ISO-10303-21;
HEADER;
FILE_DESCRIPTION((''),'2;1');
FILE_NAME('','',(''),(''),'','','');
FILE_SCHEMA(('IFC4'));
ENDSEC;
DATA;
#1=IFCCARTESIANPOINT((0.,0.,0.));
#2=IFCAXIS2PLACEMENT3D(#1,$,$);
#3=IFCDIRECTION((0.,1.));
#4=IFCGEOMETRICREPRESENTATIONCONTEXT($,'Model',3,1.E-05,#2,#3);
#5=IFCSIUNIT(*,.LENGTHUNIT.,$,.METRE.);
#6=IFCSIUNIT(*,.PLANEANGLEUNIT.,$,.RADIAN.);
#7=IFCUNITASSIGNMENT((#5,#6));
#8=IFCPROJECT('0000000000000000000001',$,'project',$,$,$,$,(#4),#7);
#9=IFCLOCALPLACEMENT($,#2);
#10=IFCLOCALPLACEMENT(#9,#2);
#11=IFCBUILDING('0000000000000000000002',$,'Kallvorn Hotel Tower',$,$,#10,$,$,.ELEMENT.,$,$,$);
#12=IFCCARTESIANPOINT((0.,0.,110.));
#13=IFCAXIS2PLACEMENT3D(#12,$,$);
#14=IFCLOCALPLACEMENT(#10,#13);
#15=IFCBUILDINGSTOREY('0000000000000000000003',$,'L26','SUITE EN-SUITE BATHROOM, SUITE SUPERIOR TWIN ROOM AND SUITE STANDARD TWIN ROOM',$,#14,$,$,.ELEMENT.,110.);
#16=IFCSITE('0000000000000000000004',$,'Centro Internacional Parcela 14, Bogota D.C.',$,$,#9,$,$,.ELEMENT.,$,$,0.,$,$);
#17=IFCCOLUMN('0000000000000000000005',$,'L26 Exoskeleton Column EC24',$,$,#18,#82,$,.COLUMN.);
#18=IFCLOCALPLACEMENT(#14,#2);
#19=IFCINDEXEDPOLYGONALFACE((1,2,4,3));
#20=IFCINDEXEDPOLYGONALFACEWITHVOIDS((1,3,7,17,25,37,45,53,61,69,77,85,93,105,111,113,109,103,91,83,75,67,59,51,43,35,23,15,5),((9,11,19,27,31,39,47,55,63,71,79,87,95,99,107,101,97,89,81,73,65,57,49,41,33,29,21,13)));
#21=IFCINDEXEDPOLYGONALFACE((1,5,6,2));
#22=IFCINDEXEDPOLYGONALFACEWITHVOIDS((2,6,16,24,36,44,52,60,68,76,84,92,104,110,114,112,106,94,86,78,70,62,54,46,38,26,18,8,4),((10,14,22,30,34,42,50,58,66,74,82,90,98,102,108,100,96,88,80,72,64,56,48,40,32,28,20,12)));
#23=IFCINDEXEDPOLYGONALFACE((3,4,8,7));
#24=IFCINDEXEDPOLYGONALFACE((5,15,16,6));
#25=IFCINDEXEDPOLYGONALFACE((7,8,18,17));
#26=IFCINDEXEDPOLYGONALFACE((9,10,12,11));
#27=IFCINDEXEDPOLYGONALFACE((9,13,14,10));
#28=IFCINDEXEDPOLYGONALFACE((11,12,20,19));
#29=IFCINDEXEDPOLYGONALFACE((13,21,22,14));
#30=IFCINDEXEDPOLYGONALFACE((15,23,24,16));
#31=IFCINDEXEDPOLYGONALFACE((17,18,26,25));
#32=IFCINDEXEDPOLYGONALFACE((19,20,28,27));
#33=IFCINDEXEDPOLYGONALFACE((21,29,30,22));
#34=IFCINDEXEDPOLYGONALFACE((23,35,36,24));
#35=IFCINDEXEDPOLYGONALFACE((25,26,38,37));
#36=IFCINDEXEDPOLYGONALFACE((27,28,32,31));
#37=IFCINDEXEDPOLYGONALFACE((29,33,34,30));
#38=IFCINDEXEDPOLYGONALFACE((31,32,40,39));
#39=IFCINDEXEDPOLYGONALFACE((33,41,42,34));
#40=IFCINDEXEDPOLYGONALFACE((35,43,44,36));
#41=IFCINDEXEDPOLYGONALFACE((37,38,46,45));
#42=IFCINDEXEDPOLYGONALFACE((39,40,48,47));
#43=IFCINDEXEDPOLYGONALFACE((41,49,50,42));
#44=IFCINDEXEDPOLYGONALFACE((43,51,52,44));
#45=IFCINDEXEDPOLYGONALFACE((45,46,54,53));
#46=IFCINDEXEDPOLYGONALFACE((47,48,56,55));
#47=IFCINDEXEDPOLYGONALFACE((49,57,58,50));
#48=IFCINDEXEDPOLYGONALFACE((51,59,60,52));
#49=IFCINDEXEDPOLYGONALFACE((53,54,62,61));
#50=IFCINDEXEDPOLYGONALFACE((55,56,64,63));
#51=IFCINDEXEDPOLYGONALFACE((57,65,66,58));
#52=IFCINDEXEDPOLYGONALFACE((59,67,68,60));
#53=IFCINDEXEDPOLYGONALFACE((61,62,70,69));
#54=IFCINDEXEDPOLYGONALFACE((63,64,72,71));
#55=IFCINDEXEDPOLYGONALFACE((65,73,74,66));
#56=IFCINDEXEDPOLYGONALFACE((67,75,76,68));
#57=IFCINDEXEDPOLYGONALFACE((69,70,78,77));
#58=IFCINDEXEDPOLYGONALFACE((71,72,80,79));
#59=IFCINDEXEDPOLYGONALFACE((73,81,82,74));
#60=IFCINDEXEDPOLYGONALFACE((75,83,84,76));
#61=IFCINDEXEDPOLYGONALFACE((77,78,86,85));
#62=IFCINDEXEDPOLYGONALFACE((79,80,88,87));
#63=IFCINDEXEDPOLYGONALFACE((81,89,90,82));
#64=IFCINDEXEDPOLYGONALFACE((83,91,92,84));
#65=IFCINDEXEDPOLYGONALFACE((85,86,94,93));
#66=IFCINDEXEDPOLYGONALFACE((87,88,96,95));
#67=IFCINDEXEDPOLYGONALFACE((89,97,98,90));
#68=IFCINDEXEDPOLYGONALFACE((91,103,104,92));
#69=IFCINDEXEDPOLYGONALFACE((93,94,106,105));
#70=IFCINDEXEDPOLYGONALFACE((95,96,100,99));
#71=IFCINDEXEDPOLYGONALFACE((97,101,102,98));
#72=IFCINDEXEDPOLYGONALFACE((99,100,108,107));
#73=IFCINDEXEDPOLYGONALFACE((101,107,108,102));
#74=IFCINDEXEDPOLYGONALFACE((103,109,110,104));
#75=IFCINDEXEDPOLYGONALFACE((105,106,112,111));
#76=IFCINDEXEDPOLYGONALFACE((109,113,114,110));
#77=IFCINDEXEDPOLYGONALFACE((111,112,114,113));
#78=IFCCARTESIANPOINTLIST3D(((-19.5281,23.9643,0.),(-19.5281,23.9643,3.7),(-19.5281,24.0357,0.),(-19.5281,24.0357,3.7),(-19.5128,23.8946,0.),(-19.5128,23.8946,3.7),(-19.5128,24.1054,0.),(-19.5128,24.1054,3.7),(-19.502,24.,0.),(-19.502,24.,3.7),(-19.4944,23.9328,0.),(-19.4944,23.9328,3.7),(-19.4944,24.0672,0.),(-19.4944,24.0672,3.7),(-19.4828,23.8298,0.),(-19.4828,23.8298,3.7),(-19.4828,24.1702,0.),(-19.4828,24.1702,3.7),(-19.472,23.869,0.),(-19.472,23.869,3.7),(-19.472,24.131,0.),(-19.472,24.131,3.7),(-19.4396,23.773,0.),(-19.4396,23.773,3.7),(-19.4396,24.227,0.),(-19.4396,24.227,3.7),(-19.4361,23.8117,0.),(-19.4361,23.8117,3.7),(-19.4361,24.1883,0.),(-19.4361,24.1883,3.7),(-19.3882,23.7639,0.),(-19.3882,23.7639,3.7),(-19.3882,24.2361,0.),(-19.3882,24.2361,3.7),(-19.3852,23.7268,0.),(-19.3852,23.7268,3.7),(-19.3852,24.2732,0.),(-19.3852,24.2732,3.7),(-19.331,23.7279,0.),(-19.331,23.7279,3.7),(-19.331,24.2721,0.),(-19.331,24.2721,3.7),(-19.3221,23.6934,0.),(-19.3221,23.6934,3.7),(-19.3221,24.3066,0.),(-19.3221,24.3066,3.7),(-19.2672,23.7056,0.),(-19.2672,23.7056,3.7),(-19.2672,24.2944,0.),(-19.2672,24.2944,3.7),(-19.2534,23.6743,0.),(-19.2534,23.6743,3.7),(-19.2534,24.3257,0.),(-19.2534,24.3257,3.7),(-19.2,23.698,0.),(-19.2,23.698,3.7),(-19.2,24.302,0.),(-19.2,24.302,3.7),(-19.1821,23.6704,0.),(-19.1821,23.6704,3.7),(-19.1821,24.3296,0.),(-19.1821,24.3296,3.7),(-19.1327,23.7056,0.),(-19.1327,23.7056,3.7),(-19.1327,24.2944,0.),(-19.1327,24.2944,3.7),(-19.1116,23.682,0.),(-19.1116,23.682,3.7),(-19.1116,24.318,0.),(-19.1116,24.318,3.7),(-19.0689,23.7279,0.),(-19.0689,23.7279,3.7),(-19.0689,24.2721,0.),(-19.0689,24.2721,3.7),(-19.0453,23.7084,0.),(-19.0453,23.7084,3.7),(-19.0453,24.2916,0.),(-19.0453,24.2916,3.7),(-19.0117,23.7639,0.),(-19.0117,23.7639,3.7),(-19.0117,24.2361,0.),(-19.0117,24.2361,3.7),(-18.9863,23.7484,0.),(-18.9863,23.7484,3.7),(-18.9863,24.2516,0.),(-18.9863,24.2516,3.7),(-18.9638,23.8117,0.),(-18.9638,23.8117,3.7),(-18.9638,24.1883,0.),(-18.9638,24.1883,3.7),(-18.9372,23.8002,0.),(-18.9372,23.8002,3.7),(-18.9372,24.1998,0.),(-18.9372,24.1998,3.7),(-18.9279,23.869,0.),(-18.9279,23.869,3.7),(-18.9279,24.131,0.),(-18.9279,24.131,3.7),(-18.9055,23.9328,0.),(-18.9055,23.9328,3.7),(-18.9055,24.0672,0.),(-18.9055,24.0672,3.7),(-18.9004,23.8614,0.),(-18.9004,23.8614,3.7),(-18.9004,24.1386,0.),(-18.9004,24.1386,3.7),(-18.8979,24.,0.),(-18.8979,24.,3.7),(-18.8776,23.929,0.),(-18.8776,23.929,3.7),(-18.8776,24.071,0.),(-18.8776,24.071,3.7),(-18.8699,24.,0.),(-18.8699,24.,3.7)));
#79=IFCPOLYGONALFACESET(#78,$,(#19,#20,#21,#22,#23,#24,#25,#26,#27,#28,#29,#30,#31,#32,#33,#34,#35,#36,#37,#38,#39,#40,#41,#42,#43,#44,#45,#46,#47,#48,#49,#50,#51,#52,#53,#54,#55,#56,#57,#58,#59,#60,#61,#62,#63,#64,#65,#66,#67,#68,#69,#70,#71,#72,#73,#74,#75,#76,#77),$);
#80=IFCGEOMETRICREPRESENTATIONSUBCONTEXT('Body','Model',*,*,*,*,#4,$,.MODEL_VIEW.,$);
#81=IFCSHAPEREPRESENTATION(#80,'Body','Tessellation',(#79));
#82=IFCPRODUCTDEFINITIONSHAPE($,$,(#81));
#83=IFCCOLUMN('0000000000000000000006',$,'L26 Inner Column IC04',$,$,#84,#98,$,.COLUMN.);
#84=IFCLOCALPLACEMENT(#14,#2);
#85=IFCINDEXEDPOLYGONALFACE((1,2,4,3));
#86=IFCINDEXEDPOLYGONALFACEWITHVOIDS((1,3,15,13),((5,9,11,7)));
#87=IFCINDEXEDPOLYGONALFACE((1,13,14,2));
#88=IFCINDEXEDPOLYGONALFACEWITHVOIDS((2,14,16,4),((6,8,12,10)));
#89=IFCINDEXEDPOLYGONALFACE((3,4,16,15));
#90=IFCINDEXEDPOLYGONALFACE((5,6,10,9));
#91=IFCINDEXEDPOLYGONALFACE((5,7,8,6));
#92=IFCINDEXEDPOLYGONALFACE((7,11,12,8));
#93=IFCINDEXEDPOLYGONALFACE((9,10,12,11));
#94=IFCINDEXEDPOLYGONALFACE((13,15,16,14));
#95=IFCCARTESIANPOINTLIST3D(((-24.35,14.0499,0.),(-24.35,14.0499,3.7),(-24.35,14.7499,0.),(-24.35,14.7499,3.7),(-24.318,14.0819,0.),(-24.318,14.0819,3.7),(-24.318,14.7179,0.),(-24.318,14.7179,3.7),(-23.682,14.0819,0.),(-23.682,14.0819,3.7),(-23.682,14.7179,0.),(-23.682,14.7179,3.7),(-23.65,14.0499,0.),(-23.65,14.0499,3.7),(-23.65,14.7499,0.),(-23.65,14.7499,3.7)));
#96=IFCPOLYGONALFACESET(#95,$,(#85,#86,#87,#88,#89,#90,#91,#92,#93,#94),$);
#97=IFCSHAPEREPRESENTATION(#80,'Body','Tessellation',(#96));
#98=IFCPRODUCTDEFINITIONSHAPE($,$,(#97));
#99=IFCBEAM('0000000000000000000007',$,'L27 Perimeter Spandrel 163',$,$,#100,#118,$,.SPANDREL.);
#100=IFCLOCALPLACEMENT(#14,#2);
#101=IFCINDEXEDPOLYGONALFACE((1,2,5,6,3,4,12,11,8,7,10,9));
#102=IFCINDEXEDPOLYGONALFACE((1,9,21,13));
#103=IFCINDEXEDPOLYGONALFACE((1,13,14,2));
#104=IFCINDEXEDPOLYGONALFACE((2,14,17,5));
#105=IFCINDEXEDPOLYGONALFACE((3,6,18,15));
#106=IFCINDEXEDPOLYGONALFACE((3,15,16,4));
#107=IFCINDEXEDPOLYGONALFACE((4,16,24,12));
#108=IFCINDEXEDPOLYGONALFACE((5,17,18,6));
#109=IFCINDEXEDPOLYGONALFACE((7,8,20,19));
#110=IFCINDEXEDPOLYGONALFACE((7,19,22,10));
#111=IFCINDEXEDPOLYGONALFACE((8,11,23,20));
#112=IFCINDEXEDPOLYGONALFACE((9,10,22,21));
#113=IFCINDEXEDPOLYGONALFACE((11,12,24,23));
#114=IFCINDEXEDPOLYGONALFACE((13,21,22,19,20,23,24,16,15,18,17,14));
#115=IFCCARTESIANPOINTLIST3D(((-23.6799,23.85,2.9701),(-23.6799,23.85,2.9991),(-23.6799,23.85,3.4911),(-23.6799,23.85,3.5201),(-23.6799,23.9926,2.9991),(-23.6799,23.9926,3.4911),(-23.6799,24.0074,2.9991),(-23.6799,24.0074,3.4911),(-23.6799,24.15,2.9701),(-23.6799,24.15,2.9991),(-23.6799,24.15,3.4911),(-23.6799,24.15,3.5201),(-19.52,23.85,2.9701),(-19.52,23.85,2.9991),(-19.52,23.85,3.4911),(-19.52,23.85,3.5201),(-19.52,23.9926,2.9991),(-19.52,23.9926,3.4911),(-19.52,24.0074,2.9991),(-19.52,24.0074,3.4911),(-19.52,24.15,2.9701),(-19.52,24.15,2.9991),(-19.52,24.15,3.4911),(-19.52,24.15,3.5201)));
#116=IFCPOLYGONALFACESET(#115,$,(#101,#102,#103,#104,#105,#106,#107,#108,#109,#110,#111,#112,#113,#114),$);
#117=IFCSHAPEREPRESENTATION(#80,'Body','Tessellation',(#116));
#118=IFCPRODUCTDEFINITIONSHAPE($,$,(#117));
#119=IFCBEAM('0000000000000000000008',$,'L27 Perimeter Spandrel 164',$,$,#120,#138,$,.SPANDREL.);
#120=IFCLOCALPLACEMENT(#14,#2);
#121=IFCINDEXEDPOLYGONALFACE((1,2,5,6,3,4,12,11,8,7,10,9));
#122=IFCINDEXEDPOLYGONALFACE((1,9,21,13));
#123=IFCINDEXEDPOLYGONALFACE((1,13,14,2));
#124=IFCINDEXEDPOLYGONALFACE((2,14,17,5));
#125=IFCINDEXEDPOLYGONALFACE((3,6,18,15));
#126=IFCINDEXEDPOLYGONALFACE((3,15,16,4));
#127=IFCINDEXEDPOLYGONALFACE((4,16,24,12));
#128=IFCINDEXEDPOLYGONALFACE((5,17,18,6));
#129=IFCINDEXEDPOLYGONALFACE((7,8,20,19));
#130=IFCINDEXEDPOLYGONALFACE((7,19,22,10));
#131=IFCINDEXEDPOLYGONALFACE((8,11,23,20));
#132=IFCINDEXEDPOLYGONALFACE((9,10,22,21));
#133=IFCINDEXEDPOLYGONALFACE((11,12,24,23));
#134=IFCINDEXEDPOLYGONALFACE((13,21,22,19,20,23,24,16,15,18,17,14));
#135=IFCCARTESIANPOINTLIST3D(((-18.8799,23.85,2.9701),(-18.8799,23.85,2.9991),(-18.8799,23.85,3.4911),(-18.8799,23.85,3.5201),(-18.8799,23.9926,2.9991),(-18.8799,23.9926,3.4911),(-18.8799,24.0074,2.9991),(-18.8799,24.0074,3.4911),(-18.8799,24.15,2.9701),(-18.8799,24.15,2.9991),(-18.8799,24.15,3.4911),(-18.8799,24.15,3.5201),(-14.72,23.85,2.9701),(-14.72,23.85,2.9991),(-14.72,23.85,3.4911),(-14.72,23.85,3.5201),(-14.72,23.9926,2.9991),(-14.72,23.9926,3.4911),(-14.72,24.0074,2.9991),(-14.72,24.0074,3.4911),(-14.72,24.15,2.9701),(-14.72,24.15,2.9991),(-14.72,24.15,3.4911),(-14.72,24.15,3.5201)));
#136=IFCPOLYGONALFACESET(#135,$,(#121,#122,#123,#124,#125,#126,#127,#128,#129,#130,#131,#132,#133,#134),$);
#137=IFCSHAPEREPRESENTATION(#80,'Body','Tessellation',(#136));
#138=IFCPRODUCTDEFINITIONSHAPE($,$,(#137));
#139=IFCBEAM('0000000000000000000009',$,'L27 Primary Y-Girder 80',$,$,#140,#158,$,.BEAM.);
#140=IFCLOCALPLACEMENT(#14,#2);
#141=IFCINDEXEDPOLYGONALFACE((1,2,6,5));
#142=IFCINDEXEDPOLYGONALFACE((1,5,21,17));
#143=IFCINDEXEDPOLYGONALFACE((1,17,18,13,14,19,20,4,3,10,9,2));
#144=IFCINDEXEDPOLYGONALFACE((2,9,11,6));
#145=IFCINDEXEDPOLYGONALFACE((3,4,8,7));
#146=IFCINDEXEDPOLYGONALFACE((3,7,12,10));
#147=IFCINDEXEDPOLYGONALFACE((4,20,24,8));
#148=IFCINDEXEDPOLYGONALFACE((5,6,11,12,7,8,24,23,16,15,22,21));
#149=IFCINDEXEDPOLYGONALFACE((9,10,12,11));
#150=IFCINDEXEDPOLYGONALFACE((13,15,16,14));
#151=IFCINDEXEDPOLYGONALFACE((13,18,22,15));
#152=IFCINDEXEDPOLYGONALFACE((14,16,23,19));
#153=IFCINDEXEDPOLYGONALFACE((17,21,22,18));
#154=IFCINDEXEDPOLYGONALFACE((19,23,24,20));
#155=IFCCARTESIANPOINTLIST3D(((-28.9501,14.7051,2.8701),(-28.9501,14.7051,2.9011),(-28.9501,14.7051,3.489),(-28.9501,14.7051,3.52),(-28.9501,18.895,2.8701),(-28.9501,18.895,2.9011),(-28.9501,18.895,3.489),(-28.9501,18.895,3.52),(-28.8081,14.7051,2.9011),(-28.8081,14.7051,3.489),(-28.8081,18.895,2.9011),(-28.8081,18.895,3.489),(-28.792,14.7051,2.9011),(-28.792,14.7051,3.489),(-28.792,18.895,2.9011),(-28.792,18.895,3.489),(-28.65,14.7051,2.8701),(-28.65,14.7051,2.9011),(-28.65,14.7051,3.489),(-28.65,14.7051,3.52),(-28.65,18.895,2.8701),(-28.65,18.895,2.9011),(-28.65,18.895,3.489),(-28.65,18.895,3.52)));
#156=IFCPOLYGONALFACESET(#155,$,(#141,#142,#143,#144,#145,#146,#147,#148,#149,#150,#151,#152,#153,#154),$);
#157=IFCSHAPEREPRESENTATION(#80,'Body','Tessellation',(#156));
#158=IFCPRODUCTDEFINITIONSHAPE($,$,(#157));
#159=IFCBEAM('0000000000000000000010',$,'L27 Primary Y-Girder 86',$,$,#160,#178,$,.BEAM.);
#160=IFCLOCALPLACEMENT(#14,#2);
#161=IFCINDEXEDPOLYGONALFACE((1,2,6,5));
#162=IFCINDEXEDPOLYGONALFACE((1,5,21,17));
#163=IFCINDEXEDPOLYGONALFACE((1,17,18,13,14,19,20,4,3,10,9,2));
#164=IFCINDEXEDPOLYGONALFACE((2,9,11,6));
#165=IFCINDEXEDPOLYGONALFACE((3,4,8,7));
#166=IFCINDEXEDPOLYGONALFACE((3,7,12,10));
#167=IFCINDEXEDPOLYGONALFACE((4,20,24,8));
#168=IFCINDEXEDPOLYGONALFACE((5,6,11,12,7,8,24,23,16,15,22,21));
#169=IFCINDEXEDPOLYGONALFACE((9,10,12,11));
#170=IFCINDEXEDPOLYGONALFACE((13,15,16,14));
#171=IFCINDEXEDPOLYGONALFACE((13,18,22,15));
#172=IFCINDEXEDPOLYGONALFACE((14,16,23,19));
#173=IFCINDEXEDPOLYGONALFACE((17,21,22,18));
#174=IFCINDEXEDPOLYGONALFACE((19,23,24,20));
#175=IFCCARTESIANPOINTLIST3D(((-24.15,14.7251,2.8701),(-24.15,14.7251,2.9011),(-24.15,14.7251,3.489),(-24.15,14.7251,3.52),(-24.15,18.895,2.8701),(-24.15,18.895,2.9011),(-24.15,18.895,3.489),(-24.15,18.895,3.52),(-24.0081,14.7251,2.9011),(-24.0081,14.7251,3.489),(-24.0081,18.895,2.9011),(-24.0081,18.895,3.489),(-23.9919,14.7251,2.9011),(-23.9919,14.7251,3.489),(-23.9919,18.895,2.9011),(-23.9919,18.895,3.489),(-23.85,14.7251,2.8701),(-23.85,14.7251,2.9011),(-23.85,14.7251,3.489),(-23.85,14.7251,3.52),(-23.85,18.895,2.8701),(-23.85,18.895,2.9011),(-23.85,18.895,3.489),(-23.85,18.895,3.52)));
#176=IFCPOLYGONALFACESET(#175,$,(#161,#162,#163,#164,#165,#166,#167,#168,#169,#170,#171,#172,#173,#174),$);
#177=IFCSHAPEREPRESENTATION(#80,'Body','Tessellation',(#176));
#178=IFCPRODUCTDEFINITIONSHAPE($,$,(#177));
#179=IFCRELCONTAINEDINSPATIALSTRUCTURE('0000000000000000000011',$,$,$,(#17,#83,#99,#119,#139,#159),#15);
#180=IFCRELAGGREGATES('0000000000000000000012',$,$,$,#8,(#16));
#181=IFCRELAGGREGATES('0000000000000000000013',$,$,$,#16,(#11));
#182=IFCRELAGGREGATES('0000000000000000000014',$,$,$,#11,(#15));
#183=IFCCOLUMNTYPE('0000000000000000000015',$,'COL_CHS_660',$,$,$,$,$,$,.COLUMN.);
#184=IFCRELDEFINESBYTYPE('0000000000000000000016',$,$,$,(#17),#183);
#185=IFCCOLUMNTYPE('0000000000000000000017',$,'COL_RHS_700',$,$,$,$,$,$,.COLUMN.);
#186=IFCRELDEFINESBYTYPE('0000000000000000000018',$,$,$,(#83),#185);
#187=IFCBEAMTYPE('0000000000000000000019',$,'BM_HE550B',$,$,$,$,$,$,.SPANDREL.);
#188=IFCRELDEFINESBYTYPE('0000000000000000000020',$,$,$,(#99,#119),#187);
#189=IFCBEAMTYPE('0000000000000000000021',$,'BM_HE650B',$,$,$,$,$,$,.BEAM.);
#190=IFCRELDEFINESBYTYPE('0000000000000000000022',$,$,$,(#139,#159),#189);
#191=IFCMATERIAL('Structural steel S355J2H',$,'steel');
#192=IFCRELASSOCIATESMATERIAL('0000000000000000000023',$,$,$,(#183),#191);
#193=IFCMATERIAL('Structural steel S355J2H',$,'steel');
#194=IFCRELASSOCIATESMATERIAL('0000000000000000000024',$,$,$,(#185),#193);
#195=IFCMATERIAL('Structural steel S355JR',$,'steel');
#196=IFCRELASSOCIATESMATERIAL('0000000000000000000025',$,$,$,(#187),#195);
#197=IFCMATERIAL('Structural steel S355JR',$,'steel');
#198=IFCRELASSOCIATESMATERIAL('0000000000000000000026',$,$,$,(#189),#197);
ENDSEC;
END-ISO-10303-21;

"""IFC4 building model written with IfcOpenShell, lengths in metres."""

from ifc_helpers import new_model, si_unit, direction, frame, origin, origin_2d, place, context, subcontext, project, spatial, hollow_rectangle, hollow_circle, i_section, extrude, material, material_profile, profile_set, type_object, element, save


model = new_model("IFC4")

# Units and contexts
model_context = context("Model", 3, precision=1e-05, world=origin(), true_north=direction((0.0, 1.0)))
body_context = subcontext(model_context, "Body", "Model", "MODEL_VIEW")
ifc_project = project(units=[si_unit("LENGTHUNIT", "METRE"), si_unit("PLANEANGLEUNIT", "RADIAN")], contexts=[model_context])

# Site, building, storey
site_placement = place(None, origin())
site = spatial("IfcSite", under=ifc_project, at=site_placement, Name="Centro Internacional Parcela 14, Bogota D.C.", CompositionType="ELEMENT", RefElevation=0.0)
building_placement = place(site_placement, origin())
building = spatial("IfcBuilding", under=site, at=building_placement, Name="Kallvorn Hotel Tower", CompositionType="ELEMENT")
storey_placement = place(building_placement, frame((0.0, 0.0, 110.0)))
storey = spatial("IfcBuildingStorey", under=building, at=storey_placement, Name="L26", Description="SUITE EN-SUITE BATHROOM, SUITE SUPERIOR TWIN ROOM AND SUITE STANDARD TWIN ROOM", CompositionType="ELEMENT", Elevation=110.0)

# Columns
ifc_material_1 = material(Name="Structural steel S355J2H", Category="steel")
ifc_material_profile_1 = material_profile(ifc_material_1, hollow_circle(Radius=0.3301, WallThickness=0.0281, at=origin_2d()), Name="CHS 660x28")
ifc_profile_set_1 = profile_set([ifc_material_profile_1], Name="Structural steel S355J2H")
column_type_1 = type_object("IfcColumnType", Name="COL_CHS_660", PredefinedType="COLUMN", material=ifc_profile_set_1)
for number, where, z_axis, x_axis, name in (
    (1, (-19.2, 24.0, 0.0), (0.0, 0.0, 1.0), (1.0, 0.0, 0.0), "L26 Exoskeleton Column EC24"),
):
    element("IfcColumn", number, at=place(storey_placement, frame(where, z_axis=z_axis, x_axis=x_axis)), inside=storey, type_object=column_type_1, Name=name, PredefinedType="COLUMN", context=body_context, shape_type="SweptSolid", body=[
        extrude(hollow_circle(Radius=0.3301, WallThickness=0.0281, at=origin_2d()), origin(), (0.0, 0.0, 1.0), 3.7),
    ])
ifc_material_2 = material(Name="Structural steel S355J2H", Category="steel")
ifc_material_profile_2 = material_profile(ifc_material_2, hollow_rectangle(XDim=0.7, YDim=0.7, WallThickness=0.032, at=origin_2d()), Name="RHS 700x700x32")
ifc_profile_set_2 = profile_set([ifc_material_profile_2], Name="Structural steel S355J2H")
column_type_2 = type_object("IfcColumnType", Name="COL_RHS_700", PredefinedType="COLUMN", material=ifc_profile_set_2)
column_placement = place(storey_placement, frame((-24.0, 14.3999, 0.0), z_axis=(0.0, 0.0, 1.0), x_axis=(1.0, 0.0, 0.0)))
element("IfcColumn", 2, at=column_placement, inside=storey, type_object=column_type_2, Name="L26 Inner Column IC04", PredefinedType="COLUMN", context=body_context, shape_type="SweptSolid", body=[
    extrude(hollow_rectangle(XDim=0.7, YDim=0.7, WallThickness=0.032, at=origin_2d()), origin(), (0.0, 0.0, 1.0), 3.7),
])

# Beams
ifc_material_3 = material(Name="Structural steel S355JR", Category="steel")
ifc_material_profile_3 = material_profile(ifc_material_3, i_section(OverallWidth=0.3, OverallDepth=0.55, WebThickness=0.0149, FlangeThickness=0.0291, at=origin_2d()), Name="HE 550 B")
ifc_profile_set_3 = profile_set([ifc_material_profile_3], Name="Structural steel S355JR")
beam_type_1 = type_object("IfcBeamType", Name="BM_HE550B", PredefinedType="SPANDREL", material=ifc_profile_set_3)
for number, where, z_axis, x_axis, name in (
    (3, (-23.6799, 24.0, 3.2451), (1.0, 0.0, 0.0), (0.0, 1.0, 0.0), "L27 Perimeter Spandrel 163"),
    (4, (-18.8799, 24.0, 3.2451), (1.0, 0.0, 0.0), (0.0, 1.0, 0.0), "L27 Perimeter Spandrel 164"),
):
    element("IfcBeam", number, at=place(storey_placement, frame(where, z_axis=z_axis, x_axis=x_axis)), inside=storey, type_object=beam_type_1, Name=name, PredefinedType="SPANDREL", context=body_context, shape_type="SweptSolid", body=[
        extrude(i_section(OverallWidth=0.3, OverallDepth=0.55, WebThickness=0.0149, FlangeThickness=0.0291, at=origin_2d()), origin(), (0.0, 0.0, 1.0), 4.1599),
    ])
ifc_material_4 = material(Name="Structural steel S355JR", Category="steel")
ifc_material_profile_4 = material_profile(ifc_material_4, i_section(OverallWidth=0.3, OverallDepth=0.6499, WebThickness=0.0161, FlangeThickness=0.031, at=origin_2d()), Name="HE 650 B")
ifc_profile_set_4 = profile_set([ifc_material_profile_4], Name="Structural steel S355JR")
beam_type_2 = type_object("IfcBeamType", Name="BM_HE650B", PredefinedType="BEAM", material=ifc_profile_set_4)
beam_1_placement = place(storey_placement, frame((-28.8, 14.7051, 3.1951), z_axis=(0.0, 1.0, 0.0), x_axis=(-1.0, 0.0, 0.0)))
element("IfcBeam", 5, at=beam_1_placement, inside=storey, type_object=beam_type_2, Name="L27 Primary Y-Girder 80", PredefinedType="BEAM", context=body_context, shape_type="SweptSolid", body=[
    extrude(i_section(OverallWidth=0.3, OverallDepth=0.6499, WebThickness=0.0161, FlangeThickness=0.031, at=origin_2d()), origin(), (0.0, 0.0, 1.0), 4.1899),
])
beam_2_placement = place(storey_placement, frame((-24.0, 14.7251, 3.1951), z_axis=(0.0, 1.0, 0.0), x_axis=(-1.0, 0.0, 0.0)))
element("IfcBeam", 6, at=beam_2_placement, inside=storey, type_object=beam_type_2, Name="L27 Primary Y-Girder 86", PredefinedType="BEAM", context=body_context, shape_type="SweptSolid", body=[
    extrude(i_section(OverallWidth=0.3, OverallDepth=0.6499, WebThickness=0.0161, FlangeThickness=0.031, at=origin_2d()), origin(), (0.0, 0.0, 1.0), 4.1699),
])

save(model, "model.ifc")
